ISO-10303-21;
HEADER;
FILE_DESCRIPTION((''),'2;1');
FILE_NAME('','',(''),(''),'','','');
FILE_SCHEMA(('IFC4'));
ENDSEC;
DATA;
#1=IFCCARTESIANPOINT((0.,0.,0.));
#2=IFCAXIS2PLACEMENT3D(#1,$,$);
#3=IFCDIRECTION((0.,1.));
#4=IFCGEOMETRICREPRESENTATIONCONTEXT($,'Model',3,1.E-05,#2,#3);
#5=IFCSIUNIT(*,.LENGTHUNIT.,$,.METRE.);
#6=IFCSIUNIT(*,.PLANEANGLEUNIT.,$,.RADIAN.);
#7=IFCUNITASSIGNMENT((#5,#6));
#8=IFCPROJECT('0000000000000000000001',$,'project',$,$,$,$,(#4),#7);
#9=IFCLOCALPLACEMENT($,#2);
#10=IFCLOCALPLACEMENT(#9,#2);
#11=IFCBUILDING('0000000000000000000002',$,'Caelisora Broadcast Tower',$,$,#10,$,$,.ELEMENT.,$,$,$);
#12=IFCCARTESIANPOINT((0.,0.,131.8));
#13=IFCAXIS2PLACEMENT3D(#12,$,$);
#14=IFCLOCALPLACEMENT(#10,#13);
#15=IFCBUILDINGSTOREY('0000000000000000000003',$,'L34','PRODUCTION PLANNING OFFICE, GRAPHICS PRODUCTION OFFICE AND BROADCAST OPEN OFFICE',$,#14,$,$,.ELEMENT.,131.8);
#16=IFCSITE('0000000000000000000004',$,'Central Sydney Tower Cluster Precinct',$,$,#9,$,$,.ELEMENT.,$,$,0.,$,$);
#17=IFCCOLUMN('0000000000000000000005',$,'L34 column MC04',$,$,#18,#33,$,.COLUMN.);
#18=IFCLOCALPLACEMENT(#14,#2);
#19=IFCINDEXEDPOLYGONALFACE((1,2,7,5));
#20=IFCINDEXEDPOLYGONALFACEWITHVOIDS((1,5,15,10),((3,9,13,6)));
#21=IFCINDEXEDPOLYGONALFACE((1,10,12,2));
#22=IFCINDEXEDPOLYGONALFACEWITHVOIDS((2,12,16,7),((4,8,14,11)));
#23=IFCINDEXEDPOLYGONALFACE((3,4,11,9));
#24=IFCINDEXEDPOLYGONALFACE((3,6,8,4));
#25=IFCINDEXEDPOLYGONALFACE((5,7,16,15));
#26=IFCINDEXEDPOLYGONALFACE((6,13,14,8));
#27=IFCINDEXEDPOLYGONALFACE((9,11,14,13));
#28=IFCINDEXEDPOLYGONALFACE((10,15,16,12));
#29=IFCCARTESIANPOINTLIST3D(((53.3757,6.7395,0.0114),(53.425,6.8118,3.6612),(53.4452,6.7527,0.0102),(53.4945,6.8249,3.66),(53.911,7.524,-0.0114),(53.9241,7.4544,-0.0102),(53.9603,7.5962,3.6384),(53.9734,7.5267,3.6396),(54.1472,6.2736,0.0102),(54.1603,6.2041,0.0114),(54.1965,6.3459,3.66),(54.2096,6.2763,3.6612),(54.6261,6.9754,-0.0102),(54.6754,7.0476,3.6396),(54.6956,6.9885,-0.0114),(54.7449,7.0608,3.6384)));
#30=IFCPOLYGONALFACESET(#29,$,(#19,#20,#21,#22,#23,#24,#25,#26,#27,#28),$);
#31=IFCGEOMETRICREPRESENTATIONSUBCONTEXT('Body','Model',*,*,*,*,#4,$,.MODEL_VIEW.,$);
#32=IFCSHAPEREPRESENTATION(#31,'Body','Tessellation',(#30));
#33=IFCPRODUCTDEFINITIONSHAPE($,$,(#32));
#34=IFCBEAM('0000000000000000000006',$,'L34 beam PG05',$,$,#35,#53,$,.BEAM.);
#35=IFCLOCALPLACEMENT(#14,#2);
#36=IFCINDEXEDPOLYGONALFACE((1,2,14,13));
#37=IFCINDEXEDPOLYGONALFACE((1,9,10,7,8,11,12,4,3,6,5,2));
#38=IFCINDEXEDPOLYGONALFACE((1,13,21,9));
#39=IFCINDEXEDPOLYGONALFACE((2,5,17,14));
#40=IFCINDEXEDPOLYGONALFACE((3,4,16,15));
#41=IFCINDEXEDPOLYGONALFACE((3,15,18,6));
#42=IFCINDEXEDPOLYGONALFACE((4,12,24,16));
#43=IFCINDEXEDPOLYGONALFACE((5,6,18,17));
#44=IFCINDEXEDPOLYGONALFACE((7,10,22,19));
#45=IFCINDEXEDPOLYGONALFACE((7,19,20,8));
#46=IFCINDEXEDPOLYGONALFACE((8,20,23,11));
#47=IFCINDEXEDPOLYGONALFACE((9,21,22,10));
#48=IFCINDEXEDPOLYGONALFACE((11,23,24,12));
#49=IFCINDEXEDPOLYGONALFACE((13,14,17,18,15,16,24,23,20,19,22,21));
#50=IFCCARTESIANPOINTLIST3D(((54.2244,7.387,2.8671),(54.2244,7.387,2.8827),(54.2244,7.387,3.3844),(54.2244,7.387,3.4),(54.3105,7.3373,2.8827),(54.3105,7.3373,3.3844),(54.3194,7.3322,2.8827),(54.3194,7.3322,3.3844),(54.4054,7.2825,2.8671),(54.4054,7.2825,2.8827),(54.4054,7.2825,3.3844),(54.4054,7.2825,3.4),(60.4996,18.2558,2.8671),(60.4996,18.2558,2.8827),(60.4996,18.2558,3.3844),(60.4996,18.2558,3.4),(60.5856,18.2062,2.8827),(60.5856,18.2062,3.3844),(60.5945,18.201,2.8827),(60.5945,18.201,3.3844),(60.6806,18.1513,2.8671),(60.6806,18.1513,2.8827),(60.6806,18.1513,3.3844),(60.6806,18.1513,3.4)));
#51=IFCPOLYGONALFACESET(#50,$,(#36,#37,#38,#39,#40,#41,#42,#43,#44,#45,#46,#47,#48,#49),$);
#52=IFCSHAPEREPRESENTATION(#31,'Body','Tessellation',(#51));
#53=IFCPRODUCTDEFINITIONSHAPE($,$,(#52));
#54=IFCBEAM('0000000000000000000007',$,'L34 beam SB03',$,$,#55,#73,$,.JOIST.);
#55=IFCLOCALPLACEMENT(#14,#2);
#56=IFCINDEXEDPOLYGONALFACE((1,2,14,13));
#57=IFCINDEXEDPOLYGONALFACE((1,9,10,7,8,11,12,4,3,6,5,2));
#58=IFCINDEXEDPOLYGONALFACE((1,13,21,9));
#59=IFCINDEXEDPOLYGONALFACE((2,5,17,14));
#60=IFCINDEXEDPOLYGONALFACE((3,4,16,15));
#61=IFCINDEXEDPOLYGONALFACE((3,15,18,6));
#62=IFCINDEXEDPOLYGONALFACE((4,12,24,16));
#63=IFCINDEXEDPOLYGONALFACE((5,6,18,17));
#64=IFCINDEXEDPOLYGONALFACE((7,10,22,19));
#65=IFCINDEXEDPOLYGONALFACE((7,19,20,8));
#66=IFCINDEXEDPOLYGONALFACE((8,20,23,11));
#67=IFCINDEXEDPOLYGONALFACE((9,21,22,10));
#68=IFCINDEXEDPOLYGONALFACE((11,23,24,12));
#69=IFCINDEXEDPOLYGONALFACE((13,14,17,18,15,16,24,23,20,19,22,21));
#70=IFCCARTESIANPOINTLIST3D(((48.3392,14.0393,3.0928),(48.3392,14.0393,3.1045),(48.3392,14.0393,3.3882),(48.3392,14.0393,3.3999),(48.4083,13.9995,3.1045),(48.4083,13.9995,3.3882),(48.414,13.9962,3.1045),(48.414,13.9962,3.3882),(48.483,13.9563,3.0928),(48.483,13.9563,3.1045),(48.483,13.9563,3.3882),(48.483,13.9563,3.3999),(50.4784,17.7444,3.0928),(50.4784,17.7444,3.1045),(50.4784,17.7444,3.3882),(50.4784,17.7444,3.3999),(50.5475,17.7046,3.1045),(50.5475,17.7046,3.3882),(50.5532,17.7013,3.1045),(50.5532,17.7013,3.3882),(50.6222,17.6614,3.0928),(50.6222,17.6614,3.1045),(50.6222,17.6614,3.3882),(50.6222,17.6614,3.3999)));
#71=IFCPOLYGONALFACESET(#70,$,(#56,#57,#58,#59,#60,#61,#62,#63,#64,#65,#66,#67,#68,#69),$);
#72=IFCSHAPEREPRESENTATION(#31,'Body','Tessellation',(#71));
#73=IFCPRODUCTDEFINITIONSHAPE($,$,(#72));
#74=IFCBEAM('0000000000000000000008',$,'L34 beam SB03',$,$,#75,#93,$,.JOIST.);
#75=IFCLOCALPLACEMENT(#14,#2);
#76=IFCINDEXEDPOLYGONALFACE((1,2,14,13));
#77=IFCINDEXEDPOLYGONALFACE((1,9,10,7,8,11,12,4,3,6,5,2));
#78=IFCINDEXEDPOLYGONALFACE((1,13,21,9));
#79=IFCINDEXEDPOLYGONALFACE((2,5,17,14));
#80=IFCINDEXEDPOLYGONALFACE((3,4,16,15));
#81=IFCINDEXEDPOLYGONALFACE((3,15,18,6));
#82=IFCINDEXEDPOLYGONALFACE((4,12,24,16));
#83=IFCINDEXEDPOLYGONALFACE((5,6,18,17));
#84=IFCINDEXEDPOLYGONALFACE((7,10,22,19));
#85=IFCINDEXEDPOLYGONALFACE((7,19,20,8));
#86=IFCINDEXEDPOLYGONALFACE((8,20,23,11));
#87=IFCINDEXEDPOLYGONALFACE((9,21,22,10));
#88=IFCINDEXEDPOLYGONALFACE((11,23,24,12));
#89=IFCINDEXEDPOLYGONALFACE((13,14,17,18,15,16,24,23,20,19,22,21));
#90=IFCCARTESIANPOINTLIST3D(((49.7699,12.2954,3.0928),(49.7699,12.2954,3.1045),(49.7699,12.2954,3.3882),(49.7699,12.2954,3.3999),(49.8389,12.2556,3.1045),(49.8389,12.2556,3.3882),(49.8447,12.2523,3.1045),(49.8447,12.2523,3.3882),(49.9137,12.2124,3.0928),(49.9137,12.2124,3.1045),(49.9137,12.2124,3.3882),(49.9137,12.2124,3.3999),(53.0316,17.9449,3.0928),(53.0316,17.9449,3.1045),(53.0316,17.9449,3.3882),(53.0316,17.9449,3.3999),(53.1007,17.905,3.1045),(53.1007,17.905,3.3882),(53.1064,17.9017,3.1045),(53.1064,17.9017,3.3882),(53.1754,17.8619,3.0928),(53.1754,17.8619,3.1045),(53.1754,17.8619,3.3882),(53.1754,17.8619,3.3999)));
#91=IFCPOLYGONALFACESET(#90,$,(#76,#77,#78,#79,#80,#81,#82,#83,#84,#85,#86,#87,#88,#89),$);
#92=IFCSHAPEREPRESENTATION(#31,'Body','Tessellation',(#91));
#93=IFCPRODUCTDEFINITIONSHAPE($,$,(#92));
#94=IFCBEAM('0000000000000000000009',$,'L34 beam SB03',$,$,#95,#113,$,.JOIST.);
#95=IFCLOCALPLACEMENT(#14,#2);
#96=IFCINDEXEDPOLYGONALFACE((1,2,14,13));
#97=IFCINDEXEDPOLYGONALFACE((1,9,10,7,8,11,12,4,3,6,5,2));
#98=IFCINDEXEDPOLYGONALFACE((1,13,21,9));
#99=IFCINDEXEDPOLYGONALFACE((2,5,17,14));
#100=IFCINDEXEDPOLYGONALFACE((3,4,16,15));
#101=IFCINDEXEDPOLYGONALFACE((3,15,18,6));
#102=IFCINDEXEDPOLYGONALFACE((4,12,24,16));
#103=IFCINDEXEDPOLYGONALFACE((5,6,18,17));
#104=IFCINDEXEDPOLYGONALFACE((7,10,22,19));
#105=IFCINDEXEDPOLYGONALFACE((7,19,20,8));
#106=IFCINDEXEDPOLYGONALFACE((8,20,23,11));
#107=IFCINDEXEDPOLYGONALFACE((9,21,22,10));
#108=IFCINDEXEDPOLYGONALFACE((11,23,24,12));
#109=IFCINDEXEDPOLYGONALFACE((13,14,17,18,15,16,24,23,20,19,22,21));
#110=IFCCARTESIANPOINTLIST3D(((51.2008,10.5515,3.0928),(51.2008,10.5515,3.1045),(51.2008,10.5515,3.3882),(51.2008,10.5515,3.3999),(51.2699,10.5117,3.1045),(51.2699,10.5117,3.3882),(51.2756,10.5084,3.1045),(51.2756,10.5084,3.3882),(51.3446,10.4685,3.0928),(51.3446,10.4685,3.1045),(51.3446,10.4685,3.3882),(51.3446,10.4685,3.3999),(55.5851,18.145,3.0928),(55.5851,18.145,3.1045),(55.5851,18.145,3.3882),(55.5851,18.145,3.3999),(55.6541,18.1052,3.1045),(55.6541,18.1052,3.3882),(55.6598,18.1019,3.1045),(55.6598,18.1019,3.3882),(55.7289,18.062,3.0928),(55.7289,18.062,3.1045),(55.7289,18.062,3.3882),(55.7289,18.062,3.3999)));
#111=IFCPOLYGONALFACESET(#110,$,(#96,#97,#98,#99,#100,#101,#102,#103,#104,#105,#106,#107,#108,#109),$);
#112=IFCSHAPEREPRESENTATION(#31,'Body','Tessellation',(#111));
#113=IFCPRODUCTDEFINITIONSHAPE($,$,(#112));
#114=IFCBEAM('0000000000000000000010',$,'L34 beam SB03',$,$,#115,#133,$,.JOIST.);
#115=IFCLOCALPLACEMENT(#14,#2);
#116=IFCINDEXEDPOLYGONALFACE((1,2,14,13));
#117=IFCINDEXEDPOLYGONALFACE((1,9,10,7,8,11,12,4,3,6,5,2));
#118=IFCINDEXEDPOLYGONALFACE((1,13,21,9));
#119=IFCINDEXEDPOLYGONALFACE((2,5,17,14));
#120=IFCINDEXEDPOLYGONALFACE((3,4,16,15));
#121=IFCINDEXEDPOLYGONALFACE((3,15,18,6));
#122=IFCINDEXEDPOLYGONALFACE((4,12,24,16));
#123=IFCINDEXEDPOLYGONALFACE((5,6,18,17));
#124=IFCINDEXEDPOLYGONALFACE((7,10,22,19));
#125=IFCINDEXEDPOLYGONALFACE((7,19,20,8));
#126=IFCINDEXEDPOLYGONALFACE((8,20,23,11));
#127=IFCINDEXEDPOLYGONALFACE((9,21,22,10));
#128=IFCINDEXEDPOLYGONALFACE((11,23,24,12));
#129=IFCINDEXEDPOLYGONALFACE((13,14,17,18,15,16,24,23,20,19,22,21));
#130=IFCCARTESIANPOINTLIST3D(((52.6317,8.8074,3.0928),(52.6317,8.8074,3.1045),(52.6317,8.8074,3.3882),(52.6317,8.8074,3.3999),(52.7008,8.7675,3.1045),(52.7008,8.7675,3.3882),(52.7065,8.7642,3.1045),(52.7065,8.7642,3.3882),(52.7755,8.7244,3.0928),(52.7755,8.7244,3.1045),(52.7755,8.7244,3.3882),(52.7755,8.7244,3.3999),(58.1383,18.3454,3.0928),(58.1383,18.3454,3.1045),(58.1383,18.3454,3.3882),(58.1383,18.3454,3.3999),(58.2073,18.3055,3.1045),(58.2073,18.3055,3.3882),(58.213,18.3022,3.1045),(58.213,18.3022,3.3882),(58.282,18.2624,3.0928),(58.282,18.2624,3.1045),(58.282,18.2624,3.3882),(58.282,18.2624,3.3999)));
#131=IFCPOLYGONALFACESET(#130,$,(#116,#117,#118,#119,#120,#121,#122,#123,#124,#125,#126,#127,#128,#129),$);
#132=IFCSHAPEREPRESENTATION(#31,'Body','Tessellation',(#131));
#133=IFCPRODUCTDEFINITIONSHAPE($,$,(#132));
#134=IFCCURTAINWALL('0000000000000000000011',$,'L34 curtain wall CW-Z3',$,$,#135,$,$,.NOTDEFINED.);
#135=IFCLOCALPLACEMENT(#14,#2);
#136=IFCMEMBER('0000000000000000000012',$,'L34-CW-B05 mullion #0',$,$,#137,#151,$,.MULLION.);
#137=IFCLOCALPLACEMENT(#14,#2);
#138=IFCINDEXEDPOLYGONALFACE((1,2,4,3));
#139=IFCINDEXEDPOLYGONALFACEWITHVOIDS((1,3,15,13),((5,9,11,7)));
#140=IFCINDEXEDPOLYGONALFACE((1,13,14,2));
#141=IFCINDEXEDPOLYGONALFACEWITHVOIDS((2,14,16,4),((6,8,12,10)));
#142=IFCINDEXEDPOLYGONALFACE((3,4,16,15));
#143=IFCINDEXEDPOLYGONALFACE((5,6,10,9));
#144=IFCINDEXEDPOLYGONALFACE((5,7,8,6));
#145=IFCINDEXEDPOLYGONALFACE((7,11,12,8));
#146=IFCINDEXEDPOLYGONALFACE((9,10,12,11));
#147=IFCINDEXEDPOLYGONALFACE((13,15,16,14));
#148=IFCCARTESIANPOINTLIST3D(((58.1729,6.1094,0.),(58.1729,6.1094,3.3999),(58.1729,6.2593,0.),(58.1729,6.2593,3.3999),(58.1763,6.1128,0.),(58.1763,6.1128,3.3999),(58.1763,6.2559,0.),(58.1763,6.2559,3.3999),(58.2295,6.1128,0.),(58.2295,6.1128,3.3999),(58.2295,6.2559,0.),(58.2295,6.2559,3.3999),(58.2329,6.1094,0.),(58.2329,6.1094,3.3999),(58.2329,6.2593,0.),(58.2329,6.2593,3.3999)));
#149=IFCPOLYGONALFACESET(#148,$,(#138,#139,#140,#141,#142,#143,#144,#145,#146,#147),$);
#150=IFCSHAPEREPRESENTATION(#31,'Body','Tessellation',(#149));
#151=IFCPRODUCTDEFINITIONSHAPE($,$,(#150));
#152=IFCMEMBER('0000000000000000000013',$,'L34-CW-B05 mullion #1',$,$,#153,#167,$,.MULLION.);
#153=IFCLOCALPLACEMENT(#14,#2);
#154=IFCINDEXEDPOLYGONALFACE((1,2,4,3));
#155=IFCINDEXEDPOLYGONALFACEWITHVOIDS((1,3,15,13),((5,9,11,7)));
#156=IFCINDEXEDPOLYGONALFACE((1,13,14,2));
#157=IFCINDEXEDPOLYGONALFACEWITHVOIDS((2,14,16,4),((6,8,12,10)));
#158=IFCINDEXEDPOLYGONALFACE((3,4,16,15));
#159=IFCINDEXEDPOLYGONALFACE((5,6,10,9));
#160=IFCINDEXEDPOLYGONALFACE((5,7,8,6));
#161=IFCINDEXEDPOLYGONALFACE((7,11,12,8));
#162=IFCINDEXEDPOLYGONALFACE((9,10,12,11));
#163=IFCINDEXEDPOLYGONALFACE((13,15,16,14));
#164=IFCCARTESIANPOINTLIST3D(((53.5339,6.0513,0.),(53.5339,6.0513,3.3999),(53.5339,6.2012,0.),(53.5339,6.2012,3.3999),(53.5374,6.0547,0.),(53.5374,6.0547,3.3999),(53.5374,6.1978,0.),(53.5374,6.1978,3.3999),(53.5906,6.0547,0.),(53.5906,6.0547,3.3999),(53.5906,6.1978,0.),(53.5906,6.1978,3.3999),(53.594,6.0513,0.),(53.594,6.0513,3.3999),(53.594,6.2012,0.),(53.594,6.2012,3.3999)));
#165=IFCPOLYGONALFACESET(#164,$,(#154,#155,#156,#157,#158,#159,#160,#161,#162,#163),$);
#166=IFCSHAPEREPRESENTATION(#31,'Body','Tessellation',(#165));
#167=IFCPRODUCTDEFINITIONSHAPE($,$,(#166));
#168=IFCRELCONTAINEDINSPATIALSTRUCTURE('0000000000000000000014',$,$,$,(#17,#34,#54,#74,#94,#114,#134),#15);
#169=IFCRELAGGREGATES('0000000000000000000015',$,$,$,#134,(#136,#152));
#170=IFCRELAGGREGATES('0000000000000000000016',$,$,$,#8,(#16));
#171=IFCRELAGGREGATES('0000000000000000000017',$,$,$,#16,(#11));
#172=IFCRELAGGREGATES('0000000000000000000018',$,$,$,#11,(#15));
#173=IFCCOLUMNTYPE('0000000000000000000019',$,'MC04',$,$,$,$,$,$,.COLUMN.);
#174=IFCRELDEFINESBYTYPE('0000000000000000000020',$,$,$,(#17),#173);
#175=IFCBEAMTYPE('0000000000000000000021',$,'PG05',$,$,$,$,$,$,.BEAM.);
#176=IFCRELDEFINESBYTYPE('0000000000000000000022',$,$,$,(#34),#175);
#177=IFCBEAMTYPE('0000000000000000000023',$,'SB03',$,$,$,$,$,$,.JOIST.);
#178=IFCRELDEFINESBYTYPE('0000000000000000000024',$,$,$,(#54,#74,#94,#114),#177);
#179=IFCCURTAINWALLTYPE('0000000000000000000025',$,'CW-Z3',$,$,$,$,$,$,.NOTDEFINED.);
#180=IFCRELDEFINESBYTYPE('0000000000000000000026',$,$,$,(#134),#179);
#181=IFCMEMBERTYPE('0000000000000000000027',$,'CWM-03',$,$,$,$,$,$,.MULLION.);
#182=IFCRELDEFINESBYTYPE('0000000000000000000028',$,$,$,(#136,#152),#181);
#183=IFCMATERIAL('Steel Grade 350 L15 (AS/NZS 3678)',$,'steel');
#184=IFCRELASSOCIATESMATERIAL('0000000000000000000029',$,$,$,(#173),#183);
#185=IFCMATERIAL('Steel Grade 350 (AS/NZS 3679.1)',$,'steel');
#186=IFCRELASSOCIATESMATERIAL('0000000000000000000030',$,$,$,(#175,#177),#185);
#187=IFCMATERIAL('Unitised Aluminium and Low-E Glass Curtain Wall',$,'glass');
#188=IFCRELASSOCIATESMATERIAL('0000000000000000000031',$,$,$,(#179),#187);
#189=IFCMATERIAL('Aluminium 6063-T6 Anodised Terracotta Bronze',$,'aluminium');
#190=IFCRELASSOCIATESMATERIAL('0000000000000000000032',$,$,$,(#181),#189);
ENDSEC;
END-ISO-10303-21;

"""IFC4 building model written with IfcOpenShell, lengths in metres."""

from ifc_helpers import new_model, si_unit, direction, frame, origin, origin_2d, place, context, subcontext, project, spatial, hollow_rectangle, i_section, extrude, source, transform, mapped, material, material_profile, profile_set, type_object, type_shapes, element, aggregate, save


model = new_model("IFC4")

# Units and contexts
model_context = context("Model", 3, precision=1e-05, world=origin(), true_north=direction((0.0, 1.0)))
body_context = subcontext(model_context, "Body", "Model", "MODEL_VIEW")
ifc_project = project(units=[si_unit("LENGTHUNIT", "METRE"), si_unit("PLANEANGLEUNIT", "RADIAN")], contexts=[model_context])

# Site, building, storey
site_placement = place(None, origin())
site = spatial("IfcSite", under=ifc_project, at=site_placement, Name="Central Sydney Tower Cluster Precinct", CompositionType="ELEMENT", RefElevation=0.0)
building_placement = place(site_placement, origin())
building = spatial("IfcBuilding", under=site, at=building_placement, Name="Caelisora Broadcast Tower", CompositionType="ELEMENT")
storey_placement = place(building_placement, frame((0.0, 0.0, 131.8)))
storey = spatial("IfcBuildingStorey", under=building, at=storey_placement, Name="L34", Description="PRODUCTION PLANNING OFFICE, GRAPHICS PRODUCTION OFFICE AND BROADCAST OPEN OFFICE", CompositionType="ELEMENT", Elevation=131.8)

# Column
ifc_material_1 = material(Name="Steel Grade 350 L15 (AS/NZS 3678)", Category="steel")
ifc_material_profile_1 = material_profile(ifc_material_1, hollow_rectangle(XDim=0.95, YDim=0.95, WallThickness=0.05, at=origin_2d()), Name="Steel Grade 350 L15 (AS/NZS 3678)")
ifc_profile_set_1 = profile_set([ifc_material_profile_1], Name="Steel Grade 350 L15 (AS/NZS 3678)")
column_type = type_object("IfcColumnType", Name="MC04", PredefinedType="COLUMN", material=ifc_profile_set_1)
shared_shape_1 = source(origin(), body_context, "Body", "SweptSolid", [
    extrude(hollow_rectangle(XDim=0.95, YDim=0.95, WallThickness=0.05, at=origin_2d()), origin(), (0.0, 0.0, 1.0), 3.6509),
])
type_shapes(column_type, [shared_shape_1])
column_placement = place(storey_placement, frame((54.0356, 6.864, 0.0), z_axis=(0.013508, 0.019794, 0.999713), x_axis=(-0.825991, 0.563683, 0.0)))
element("IfcColumn", 1, at=column_placement, inside=storey, type_object=column_type, Name="L34 column MC04", PredefinedType="COLUMN", context=body_context, shape_type="MappedRepresentation", body=[
    mapped(shared_shape_1, transform((0.0, 0.0, 0.0), scale=1.0)),
])

# Beams
ifc_material_2 = material(Name="Steel Grade 350 (AS/NZS 3679.1)", Category="steel")
ifc_material_profile_2 = material_profile(ifc_material_2, i_section(OverallWidth=0.209, OverallDepth=0.533, WebThickness=0.0103, FlangeThickness=0.0156, at=origin_2d()), Name="Steel Grade 350 (AS/NZS 3679.1)")
ifc_profile_set_2 = profile_set([ifc_material_profile_2], Name="Steel Grade 350 (AS/NZS 3679.1)")
beam_type_1 = type_object("IfcBeamType", Name="PG05", PredefinedType="BEAM", material=ifc_profile_set_2)
shared_shape_2 = source(origin(), body_context, "Body", "SweptSolid", [
    extrude(i_section(OverallWidth=0.209, OverallDepth=0.533, WebThickness=0.0103, FlangeThickness=0.0156, at=origin_2d()), origin(), (0.0, 0.0, 1.0), 12.5503),
])
type_shapes(beam_type_1, [shared_shape_2])
beam_1_placement = place(storey_placement, frame((54.3149, 7.3347, 3.1335), z_axis=(0.499999, 0.866026, 0.0), x_axis=(-0.866026, 0.499999, 0.0)))
element("IfcBeam", 2, at=beam_1_placement, inside=storey, type_object=beam_type_1, Name="L34 beam PG05", PredefinedType="BEAM", context=body_context, shape_type="MappedRepresentation", body=[
    mapped(shared_shape_2, transform((0.0, 0.0, 0.0), scale=1.0)),
])
ifc_material_profile_3 = material_profile(ifc_material_2, i_section(OverallWidth=0.166, OverallDepth=0.3071, WebThickness=0.0066, FlangeThickness=0.0117, at=origin_2d()), Name="Steel Grade 350 (AS/NZS 3679.1)")
ifc_profile_set_3 = profile_set([ifc_material_profile_3], Name="Steel Grade 350 (AS/NZS 3679.1)")
beam_type_2 = type_object("IfcBeamType", Name="SB03", PredefinedType="JOIST", material=ifc_profile_set_3)
shared_shape_3 = source(origin(), body_context, "Body", "SweptSolid", [
    extrude(i_section(OverallWidth=0.166, OverallDepth=0.3071, WebThickness=0.0066, FlangeThickness=0.0117, at=origin_2d()), origin(), (0.0, 0.0, 1.0), 4.2783),
])
beam_2_placement = place(storey_placement, frame((48.4111, 13.9978, 3.2463), z_axis=(0.500006, 0.866022, 0.0), x_axis=(-0.866022, 0.500006, 0.0)))
element("IfcBeam", 3, at=beam_2_placement, inside=storey, type_object=beam_type_2, Name="L34 beam SB03", PredefinedType="JOIST", context=body_context, shape_type="MappedRepresentation", body=[
    mapped(shared_shape_3, transform((0.0, 0.0, 0.0), scale=1.0)),
])
shared_shape_4 = source(origin(), body_context, "Body", "SweptSolid", [
    extrude(i_section(OverallWidth=0.166, OverallDepth=0.3071, WebThickness=0.0066, FlangeThickness=0.0117, at=origin_2d()), origin(), (0.0, 0.0, 1.0), 6.5234),
])
beam_3_placement = place(storey_placement, frame((49.8418, 12.2539, 3.2463), z_axis=(0.500003, 0.866024, 0.0), x_axis=(-0.866024, 0.500003, 0.0)))
element("IfcBeam", 4, at=beam_3_placement, inside=storey, type_object=beam_type_2, Name="L34 beam SB03", PredefinedType="JOIST", context=body_context, shape_type="MappedRepresentation", body=[
    mapped(shared_shape_4, transform((0.0, 0.0, 0.0), scale=1.0)),
])
shared_shape_5 = source(origin(), body_context, "Body", "SweptSolid", [
    extrude(i_section(OverallWidth=0.166, OverallDepth=0.3071, WebThickness=0.0066, FlangeThickness=0.0117, at=origin_2d()), origin(), (0.0, 0.0, 1.0), 8.7683),
])
beam_4_placement = place(storey_placement, frame((51.2727, 10.51, 3.2463), z_axis=(0.500014, 0.866017, 0.0), x_axis=(-0.866017, 0.500014, 0.0)))
element("IfcBeam", 5, at=beam_4_placement, inside=storey, type_object=beam_type_2, Name="L34 beam SB03", PredefinedType="JOIST", context=body_context, shape_type="MappedRepresentation", body=[
    mapped(shared_shape_5, transform((0.0, 0.0, 0.0), scale=1.0)),
])
shared_shape_6 = source(origin(), body_context, "Body", "SweptSolid", [
    extrude(i_section(OverallWidth=0.166, OverallDepth=0.3071, WebThickness=0.0066, FlangeThickness=0.0117, at=origin_2d()), origin(), (0.0, 0.0, 1.0), 11.0134),
])
type_shapes(beam_type_2, [shared_shape_3, shared_shape_4, shared_shape_5, shared_shape_6])
beam_5_placement = place(storey_placement, frame((52.7036, 8.7659, 3.2463), z_axis=(0.499985, 0.866034, 0.0), x_axis=(-0.866034, 0.499985, 0.0)))
element("IfcBeam", 6, at=beam_5_placement, inside=storey, type_object=beam_type_2, Name="L34 beam SB03", PredefinedType="JOIST", context=body_context, shape_type="MappedRepresentation", body=[
    mapped(shared_shape_6, transform((0.0, 0.0, 0.0), scale=1.0)),
])

# Curtain wall, members
ifc_material_3 = material(Name="Unitised Aluminium and Low-E Glass Curtain Wall", Category="glass")
curtain_wall_type = type_object("IfcCurtainWallType", Name="CW-Z3", PredefinedType="NOTDEFINED", material=ifc_material_3)
curtain_wall_placement = place(storey_placement, origin())
curtain_wall = element("IfcCurtainWall", 7, at=curtain_wall_placement, inside=storey, type_object=curtain_wall_type, Name="L34 curtain wall CW-Z3", PredefinedType="NOTDEFINED")
ifc_material_4 = material(Name="Aluminium 6063-T6 Anodised Terracotta Bronze", Category="aluminium")
ifc_material_profile_4 = material_profile(ifc_material_4, hollow_rectangle(XDim=0.0601, YDim=0.1499, WallThickness=0.0034, at=origin_2d()), Name="Aluminium 6063-T6 Anodised Terracotta Bronze")
ifc_profile_set_4 = profile_set([ifc_material_profile_4], Name="Aluminium 6063-T6 Anodised Terracotta Bronze")
member_type_1 = type_object("IfcMemberType", Name="CWM-03", PredefinedType="MULLION", material=ifc_profile_set_4)
shared_shape_7 = source(origin(), body_context, "Body", "SweptSolid", [
    extrude(hollow_rectangle(XDim=0.0601, YDim=0.1499, WallThickness=0.0034, at=origin_2d()), origin(), (0.0, 0.0, 1.0), 3.3999),
])
type_shapes(member_type_1, [shared_shape_7])
member_1_placement = place(storey_placement, frame((58.2029, 6.1843, 0.0), z_axis=(0.0, 0.0, 1.0), x_axis=(1.0, 0.0, 0.0)))
member_1 = element("IfcMember", 8, at=member_1_placement, type_object=member_type_1, Name="L34-CW-B05 mullion #0", PredefinedType="MULLION", context=body_context, shape_type="MappedRepresentation", body=[
    mapped(shared_shape_7, transform((0.0, 0.0, 0.0), scale=1.0)),
])
member_2_placement = place(storey_placement, frame((53.564, 6.1262, 0.0), z_axis=(0.0, 0.0, 1.0), x_axis=(1.0, 0.0, 0.0)))
member_2 = element("IfcMember", 9, at=member_2_placement, type_object=member_type_1, Name="L34-CW-B05 mullion #1", PredefinedType="MULLION", context=body_context, shape_type="MappedRepresentation", body=[
    mapped(shared_shape_7, transform((0.0, 0.0, 0.0), scale=1.0)),
])
aggregate(curtain_wall, [member_1, member_2])

save(model, "model.ifc")
